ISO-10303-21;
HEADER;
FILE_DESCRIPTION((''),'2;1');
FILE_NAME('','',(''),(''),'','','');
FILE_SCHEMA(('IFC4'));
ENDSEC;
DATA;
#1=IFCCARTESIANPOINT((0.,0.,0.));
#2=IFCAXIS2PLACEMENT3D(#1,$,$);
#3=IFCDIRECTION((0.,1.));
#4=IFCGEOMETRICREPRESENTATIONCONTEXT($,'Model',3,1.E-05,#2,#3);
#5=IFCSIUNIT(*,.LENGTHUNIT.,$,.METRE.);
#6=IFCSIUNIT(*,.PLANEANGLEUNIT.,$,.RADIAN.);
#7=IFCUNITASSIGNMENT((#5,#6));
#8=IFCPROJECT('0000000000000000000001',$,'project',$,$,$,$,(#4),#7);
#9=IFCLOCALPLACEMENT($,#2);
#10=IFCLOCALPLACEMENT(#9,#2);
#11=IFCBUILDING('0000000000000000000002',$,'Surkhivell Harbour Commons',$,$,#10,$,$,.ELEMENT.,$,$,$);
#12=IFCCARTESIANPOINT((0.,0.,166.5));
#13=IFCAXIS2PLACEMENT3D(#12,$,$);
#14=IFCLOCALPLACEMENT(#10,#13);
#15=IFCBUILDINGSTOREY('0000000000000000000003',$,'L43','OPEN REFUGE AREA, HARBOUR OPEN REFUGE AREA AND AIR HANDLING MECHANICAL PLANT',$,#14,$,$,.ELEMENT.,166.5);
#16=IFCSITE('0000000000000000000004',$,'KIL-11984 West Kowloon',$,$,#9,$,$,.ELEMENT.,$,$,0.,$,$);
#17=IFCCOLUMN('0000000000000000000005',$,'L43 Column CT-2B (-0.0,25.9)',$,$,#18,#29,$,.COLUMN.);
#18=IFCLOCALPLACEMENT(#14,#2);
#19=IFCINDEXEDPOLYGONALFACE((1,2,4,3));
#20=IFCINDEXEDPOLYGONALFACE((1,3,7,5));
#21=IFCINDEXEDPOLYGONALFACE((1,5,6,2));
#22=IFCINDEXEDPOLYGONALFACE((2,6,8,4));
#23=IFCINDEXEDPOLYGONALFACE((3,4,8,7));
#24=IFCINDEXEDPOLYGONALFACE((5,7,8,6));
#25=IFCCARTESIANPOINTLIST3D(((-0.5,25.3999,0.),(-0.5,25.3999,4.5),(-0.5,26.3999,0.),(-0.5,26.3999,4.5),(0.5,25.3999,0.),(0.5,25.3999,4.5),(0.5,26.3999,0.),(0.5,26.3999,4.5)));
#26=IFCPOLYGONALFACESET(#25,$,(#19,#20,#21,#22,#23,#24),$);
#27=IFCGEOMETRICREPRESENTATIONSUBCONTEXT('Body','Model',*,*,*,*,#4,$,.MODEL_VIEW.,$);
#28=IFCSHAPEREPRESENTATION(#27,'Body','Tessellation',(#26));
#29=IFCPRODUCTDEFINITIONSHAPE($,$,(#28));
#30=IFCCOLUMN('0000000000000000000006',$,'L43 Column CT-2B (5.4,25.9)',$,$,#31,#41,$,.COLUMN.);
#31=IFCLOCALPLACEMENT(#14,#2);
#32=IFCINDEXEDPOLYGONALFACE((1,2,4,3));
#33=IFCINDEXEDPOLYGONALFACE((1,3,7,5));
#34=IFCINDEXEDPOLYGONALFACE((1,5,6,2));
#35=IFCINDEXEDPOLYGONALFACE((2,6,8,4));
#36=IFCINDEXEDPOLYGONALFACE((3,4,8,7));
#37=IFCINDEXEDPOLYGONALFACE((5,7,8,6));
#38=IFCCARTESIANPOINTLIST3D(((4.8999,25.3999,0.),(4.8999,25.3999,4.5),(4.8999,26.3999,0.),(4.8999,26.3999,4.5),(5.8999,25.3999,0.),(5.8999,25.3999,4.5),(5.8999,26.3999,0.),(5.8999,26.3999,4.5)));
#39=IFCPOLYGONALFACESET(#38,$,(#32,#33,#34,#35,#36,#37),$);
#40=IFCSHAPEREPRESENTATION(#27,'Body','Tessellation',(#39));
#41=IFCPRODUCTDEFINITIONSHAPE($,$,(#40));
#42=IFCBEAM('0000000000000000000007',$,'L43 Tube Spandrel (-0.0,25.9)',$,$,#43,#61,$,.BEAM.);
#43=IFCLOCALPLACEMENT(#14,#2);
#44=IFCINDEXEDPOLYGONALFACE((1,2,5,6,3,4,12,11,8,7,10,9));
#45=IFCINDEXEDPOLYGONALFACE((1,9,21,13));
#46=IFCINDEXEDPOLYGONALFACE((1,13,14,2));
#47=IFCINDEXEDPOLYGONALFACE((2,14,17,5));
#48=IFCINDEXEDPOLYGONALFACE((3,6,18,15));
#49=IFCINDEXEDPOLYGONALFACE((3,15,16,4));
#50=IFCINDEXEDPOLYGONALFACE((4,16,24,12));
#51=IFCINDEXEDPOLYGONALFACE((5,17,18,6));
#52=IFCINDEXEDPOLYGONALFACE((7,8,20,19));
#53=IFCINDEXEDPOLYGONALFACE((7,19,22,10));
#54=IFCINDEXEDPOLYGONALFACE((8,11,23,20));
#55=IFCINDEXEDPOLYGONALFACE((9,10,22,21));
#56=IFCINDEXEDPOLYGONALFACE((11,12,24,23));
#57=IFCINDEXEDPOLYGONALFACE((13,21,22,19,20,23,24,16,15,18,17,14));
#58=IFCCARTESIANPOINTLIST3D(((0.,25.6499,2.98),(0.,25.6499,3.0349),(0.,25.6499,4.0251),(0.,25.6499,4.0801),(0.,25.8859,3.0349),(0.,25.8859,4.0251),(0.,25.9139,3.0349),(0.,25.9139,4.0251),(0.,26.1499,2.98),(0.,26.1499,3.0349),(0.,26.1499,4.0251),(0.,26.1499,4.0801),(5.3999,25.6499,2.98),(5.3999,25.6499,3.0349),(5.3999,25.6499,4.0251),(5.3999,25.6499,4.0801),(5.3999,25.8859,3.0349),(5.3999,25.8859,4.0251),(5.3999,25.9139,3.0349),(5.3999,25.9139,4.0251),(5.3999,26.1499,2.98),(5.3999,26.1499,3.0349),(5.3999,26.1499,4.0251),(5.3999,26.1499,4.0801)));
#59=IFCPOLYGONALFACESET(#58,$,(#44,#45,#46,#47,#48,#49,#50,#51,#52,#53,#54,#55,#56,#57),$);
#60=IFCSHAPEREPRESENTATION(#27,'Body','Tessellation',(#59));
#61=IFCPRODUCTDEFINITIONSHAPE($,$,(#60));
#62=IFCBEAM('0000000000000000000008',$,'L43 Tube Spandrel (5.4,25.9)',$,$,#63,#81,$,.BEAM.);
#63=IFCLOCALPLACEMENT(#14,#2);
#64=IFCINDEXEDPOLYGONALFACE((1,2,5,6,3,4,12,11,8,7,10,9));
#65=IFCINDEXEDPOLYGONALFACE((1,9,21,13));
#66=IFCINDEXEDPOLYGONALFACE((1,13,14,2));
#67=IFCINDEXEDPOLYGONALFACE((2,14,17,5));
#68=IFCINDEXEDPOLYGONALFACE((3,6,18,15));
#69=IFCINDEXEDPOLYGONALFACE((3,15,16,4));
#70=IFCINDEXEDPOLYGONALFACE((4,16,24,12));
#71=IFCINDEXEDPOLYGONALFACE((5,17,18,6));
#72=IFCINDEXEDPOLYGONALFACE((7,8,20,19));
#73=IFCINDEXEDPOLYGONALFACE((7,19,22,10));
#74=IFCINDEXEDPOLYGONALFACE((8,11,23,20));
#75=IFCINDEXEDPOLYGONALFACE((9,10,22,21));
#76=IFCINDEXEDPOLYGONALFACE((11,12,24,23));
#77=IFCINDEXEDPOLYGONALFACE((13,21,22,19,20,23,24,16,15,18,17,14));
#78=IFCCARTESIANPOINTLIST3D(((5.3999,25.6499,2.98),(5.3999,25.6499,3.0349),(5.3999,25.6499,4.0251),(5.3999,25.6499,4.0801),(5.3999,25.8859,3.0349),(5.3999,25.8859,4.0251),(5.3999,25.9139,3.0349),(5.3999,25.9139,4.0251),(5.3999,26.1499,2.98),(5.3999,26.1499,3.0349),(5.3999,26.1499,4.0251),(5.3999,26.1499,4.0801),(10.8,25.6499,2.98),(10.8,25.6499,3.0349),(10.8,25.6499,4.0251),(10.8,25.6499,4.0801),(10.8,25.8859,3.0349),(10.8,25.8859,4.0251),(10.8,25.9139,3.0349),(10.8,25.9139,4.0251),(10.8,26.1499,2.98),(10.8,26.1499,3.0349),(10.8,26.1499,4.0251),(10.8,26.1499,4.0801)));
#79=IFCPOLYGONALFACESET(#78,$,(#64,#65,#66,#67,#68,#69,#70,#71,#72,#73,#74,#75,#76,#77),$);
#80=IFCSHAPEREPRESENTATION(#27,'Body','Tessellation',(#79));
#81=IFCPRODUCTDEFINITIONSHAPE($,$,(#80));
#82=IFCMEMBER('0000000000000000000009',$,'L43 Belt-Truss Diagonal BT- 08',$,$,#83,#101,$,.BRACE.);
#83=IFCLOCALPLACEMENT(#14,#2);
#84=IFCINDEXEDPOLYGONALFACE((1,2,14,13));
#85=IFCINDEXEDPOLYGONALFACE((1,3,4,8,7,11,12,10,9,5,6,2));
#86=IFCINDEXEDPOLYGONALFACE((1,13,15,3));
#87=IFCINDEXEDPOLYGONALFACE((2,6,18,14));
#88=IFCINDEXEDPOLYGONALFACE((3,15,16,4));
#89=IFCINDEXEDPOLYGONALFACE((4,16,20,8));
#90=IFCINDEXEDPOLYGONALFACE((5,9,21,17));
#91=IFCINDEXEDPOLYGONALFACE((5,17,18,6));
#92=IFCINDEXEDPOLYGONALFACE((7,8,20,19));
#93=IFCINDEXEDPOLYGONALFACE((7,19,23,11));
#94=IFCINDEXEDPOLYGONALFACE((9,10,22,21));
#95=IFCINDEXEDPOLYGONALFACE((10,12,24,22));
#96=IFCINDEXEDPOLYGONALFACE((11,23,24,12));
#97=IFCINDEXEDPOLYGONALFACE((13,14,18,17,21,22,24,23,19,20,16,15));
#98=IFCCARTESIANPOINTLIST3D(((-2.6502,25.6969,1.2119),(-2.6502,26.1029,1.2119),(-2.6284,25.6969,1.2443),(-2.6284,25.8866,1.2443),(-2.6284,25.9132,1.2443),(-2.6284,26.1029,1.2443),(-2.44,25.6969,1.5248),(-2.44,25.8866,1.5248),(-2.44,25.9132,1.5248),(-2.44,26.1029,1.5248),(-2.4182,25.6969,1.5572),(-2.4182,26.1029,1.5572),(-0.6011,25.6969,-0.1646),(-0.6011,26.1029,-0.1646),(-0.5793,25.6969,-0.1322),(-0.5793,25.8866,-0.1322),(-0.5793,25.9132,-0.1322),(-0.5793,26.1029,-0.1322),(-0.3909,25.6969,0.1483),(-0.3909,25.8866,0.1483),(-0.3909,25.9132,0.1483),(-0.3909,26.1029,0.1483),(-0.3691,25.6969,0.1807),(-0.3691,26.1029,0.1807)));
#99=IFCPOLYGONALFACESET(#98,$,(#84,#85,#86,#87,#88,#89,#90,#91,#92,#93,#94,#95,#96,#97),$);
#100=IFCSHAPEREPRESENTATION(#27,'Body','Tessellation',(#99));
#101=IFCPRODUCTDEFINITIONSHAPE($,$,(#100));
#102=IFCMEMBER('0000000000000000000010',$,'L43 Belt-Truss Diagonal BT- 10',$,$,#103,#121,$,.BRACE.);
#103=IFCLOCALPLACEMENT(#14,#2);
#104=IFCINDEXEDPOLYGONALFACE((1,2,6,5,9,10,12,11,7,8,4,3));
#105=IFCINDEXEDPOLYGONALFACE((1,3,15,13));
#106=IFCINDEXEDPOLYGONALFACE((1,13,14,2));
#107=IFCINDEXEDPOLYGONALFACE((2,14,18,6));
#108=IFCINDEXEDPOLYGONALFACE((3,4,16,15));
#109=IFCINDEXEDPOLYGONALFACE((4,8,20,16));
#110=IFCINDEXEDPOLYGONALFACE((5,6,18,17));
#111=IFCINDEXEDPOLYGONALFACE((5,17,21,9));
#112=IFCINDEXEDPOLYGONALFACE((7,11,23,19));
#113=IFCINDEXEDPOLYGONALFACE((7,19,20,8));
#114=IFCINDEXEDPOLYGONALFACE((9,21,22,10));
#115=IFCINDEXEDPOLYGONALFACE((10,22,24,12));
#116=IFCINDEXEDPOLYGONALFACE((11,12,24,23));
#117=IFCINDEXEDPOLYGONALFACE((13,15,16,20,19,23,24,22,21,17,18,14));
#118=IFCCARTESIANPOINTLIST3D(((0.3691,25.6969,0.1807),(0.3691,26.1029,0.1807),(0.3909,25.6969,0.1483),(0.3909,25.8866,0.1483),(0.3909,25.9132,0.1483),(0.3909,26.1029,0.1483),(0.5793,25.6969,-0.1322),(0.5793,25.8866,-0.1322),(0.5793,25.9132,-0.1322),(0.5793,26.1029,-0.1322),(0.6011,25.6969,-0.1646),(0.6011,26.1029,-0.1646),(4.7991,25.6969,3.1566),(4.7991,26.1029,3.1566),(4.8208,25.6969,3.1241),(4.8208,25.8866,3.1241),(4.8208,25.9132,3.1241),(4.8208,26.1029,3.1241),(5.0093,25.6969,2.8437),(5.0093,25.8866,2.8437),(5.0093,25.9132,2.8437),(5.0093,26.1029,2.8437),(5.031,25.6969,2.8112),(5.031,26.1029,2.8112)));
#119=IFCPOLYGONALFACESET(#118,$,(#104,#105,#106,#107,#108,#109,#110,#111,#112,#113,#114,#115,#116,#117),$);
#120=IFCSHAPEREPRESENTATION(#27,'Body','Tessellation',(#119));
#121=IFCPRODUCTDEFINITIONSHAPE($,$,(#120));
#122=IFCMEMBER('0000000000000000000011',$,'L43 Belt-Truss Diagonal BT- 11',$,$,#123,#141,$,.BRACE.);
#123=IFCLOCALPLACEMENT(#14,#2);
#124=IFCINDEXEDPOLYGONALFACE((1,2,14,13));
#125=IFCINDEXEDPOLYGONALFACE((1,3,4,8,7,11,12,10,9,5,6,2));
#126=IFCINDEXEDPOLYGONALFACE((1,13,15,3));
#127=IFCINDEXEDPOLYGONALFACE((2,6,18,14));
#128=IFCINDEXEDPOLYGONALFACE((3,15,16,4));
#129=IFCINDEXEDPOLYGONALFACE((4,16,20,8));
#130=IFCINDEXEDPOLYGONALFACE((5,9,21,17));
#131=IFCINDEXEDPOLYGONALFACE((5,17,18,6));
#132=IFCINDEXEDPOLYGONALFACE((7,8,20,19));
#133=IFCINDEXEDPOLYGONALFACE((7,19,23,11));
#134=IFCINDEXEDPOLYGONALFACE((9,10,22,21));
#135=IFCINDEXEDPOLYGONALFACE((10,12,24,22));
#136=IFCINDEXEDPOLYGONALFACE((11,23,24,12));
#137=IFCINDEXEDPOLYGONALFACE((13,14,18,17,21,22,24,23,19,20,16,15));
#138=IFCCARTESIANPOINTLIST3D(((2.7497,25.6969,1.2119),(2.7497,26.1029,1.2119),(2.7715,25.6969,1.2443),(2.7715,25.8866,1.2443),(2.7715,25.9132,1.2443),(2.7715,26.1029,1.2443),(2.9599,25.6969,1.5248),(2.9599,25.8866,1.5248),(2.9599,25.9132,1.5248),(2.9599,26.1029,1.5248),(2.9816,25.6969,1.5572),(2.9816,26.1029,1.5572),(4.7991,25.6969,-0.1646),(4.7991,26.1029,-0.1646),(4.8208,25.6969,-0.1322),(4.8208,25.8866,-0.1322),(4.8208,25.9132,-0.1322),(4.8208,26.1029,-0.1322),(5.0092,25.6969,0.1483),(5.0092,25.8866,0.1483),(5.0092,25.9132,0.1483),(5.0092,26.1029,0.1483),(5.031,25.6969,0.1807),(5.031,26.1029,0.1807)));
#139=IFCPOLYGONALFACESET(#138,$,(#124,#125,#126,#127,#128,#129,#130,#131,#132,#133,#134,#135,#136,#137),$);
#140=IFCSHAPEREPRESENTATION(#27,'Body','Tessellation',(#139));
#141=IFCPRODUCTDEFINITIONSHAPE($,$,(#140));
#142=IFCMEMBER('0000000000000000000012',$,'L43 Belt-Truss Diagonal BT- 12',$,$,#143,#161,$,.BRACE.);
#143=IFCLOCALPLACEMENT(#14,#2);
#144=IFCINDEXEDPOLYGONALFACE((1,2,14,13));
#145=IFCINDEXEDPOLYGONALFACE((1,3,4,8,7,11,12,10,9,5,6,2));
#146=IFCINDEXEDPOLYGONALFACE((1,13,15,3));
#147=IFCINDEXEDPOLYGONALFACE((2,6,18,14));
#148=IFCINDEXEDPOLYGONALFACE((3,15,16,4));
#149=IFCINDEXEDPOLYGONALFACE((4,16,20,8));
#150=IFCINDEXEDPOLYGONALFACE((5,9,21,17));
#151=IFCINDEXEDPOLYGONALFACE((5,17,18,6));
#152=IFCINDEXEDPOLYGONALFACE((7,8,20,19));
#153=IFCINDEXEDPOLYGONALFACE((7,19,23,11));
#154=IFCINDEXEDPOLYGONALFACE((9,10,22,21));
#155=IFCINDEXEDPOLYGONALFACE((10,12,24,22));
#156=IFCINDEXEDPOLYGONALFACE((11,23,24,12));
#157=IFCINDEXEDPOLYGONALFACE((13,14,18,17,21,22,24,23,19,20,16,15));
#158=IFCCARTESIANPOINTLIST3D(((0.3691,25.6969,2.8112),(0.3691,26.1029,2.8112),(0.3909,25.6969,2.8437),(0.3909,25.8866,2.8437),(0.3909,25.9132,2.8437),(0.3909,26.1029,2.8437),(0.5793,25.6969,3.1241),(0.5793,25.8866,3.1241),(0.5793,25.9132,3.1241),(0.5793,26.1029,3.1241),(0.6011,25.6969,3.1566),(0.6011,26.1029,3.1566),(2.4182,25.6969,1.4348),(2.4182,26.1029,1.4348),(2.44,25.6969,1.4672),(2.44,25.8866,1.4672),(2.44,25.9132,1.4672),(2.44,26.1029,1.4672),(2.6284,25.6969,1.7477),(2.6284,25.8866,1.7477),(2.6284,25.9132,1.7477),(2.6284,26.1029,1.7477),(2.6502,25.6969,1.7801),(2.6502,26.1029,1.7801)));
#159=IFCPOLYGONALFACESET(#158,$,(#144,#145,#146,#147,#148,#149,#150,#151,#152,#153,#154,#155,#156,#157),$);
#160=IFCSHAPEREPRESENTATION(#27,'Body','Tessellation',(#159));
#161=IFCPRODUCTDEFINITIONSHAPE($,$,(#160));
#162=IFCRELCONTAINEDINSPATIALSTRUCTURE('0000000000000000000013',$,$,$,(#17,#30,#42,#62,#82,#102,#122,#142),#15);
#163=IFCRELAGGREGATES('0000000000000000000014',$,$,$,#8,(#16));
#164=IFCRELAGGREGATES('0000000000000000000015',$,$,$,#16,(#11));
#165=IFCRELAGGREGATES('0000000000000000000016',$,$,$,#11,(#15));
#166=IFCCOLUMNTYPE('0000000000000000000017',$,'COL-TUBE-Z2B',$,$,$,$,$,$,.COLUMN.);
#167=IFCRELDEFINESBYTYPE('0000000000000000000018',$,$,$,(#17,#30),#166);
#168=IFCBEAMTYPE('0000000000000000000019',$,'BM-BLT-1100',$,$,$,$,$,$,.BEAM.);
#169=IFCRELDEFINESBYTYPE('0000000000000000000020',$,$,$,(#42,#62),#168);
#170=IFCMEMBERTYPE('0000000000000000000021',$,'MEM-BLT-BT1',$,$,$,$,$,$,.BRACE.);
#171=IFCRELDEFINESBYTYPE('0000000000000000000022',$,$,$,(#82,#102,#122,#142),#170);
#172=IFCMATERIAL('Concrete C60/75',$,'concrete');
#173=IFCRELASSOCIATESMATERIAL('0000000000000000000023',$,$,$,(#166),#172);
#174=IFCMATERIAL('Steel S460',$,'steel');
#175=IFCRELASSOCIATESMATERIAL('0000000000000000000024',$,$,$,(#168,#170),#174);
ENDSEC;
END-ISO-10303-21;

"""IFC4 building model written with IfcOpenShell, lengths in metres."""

from ifc_helpers import new_model, si_unit, direction, frame, origin, origin_2d, place, context, subcontext, project, spatial, rectangle, i_section, extrude, material, material_profile, profile_set, type_object, element, save


model = new_model("IFC4")

# Units and contexts
model_context = context("Model", 3, precision=1e-05, world=origin(), true_north=direction((0.0, 1.0)))
body_context = subcontext(model_context, "Body", "Model", "MODEL_VIEW")
ifc_project = project(units=[si_unit("LENGTHUNIT", "METRE"), si_unit("PLANEANGLEUNIT", "RADIAN")], contexts=[model_context])

# Site, building, storey
site_placement = place(None, origin())
site = spatial("IfcSite", under=ifc_project, at=site_placement, Name="KIL-11984 West Kowloon", CompositionType="ELEMENT", RefElevation=0.0)
building_placement = place(site_placement, origin())
building = spatial("IfcBuilding", under=site, at=building_placement, Name="Surkhivell Harbour Commons", CompositionType="ELEMENT")
storey_placement = place(building_placement, frame((0.0, 0.0, 166.5)))
storey = spatial("IfcBuildingStorey", under=building, at=storey_placement, Name="L43", Description="OPEN REFUGE AREA, HARBOUR OPEN REFUGE AREA AND AIR HANDLING MECHANICAL PLANT", CompositionType="ELEMENT", Elevation=166.5)

# Columns
ifc_material_1 = material(Name="Concrete C60/75", Category="concrete")
ifc_material_profile_1 = material_profile(ifc_material_1, rectangle(XDim=1.0, YDim=1.0, at=origin_2d()), Name="RC-COL-1000x1000")
ifc_profile_set_1 = profile_set([ifc_material_profile_1], Name="Concrete C60/75")
column_type = type_object("IfcColumnType", Name="COL-TUBE-Z2B", PredefinedType="COLUMN", material=ifc_profile_set_1)
for number, where, z_axis, x_axis, name in (
    (1, (0.0, 25.8999, 0.0), (0.0, 0.0, 1.0), (1.0, 0.0, 0.0), "L43 Column CT-2B (-0.0,25.9)"),
    (2, (5.3999, 25.8999, 0.0), (0.0, 0.0, 1.0), (1.0, 0.0, 0.0), "L43 Column CT-2B (5.4,25.9)"),
):
    element("IfcColumn", number, at=place(storey_placement, frame(where, z_axis=z_axis, x_axis=x_axis)), inside=storey, type_object=column_type, Name=name, PredefinedType="COLUMN", context=body_context, shape_type="SweptSolid", body=[
        extrude(rectangle(XDim=1.0, YDim=1.0, at=origin_2d()), origin(), (0.0, 0.0, 1.0), 4.5),
    ])

# Beams
ifc_material_2 = material(Name="Steel S460", Category="steel")
ifc_material_profile_2 = material_profile(ifc_material_2, i_section(OverallWidth=0.5, OverallDepth=1.1001, WebThickness=0.0281, FlangeThickness=0.0549, at=origin_2d()), Name="WPG1100x500x210")
ifc_profile_set_2 = profile_set([ifc_material_profile_2], Name="Steel S460")
beam_type = type_object("IfcBeamType", Name="BM-BLT-1100", PredefinedType="BEAM", material=ifc_profile_set_2)
beam_1_placement = place(storey_placement, frame((0.0, 25.8999, 3.53), z_axis=(1.0, 0.0, 0.0), x_axis=(0.0, 1.0, 0.0)))
element("IfcBeam", 3, at=beam_1_placement, inside=storey, type_object=beam_type, Name="L43 Tube Spandrel (-0.0,25.9)", PredefinedType="BEAM", context=body_context, shape_type="SweptSolid", body=[
    extrude(i_section(OverallWidth=0.5, OverallDepth=1.1001, WebThickness=0.0281, FlangeThickness=0.0549, at=origin_2d()), origin(), (0.0, 0.0, 1.0), 5.3999),
])
beam_2_placement = place(storey_placement, frame((5.3999, 25.8999, 3.53), z_axis=(1.0, 0.0, 0.0), x_axis=(0.0, 1.0, 0.0)))
element("IfcBeam", 4, at=beam_2_placement, inside=storey, type_object=beam_type, Name="L43 Tube Spandrel (5.4,25.9)", PredefinedType="BEAM", context=body_context, shape_type="SweptSolid", body=[
    extrude(i_section(OverallWidth=0.5, OverallDepth=1.1001, WebThickness=0.0281, FlangeThickness=0.0549, at=origin_2d()), origin(), (0.0, 0.0, 1.0), 5.4001),
])

# Members
ifc_material_profile_3 = material_profile(ifc_material_2, i_section(OverallWidth=0.406, OverallDepth=0.416, WebThickness=0.0266, FlangeThickness=0.0391, at=origin_2d()), Name="HD400x382")
ifc_profile_set_3 = profile_set([ifc_material_profile_3], Name="Steel S460")
member_type_1 = type_object("IfcMemberType", Name="MEM-BLT-BT1", PredefinedType="BRACE", material=ifc_profile_set_3)
member_1_placement = place(storey_placement, frame((-0.4851, 25.8999, 0.0081), z_axis=(-0.830098, 0.0, 0.557618), x_axis=(0.0, -1.0, 0.0)))
element("IfcMember", 5, at=member_1_placement, inside=storey, type_object=member_type_1, Name="L43 Belt-Truss Diagonal BT- 08", PredefinedType="BRACE", context=body_context, shape_type="SweptSolid", body=[
    extrude(i_section(OverallWidth=0.406, OverallDepth=0.416, WebThickness=0.0266, FlangeThickness=0.0391, at=origin_2d()), origin(), (0.0, 0.0, 1.0), 2.4685),
])
member_2_placement = place(storey_placement, frame((0.4851, 25.8999, 0.0081), z_axis=(0.830096, 0.0, 0.557621), x_axis=(0.0, 1.0, 0.0)))
element("IfcMember", 6, at=member_2_placement, inside=storey, type_object=member_type_1, Name="L43 Belt-Truss Diagonal BT- 10", PredefinedType="BRACE", context=body_context, shape_type="SweptSolid", body=[
    extrude(i_section(OverallWidth=0.406, OverallDepth=0.416, WebThickness=0.0266, FlangeThickness=0.0391, at=origin_2d()), origin(), (0.0, 0.0, 1.0), 5.3367),
])
member_3_placement = place(storey_placement, frame((4.915, 25.8999, 0.0081), z_axis=(-0.830128, 0.0, 0.557572), x_axis=(0.0, -1.0, 0.0)))
element("IfcMember", 7, at=member_3_placement, inside=storey, type_object=member_type_1, Name="L43 Belt-Truss Diagonal BT- 11", PredefinedType="BRACE", context=body_context, shape_type="SweptSolid", body=[
    extrude(i_section(OverallWidth=0.406, OverallDepth=0.416, WebThickness=0.0266, FlangeThickness=0.0391, at=origin_2d()), origin(), (0.0, 0.0, 1.0), 2.4688),
])
member_4_placement = place(storey_placement, frame((2.5342, 25.8999, 1.6074), z_axis=(-0.830098, 0.0, 0.557618), x_axis=(0.0, -1.0, 0.0)))
element("IfcMember", 8, at=member_4_placement, inside=storey, type_object=member_type_1, Name="L43 Belt-Truss Diagonal BT- 12", PredefinedType="BRACE", context=body_context, shape_type="SweptSolid", body=[
    extrude(i_section(OverallWidth=0.406, OverallDepth=0.416, WebThickness=0.0266, FlangeThickness=0.0391, at=origin_2d()), origin(), (0.0, 0.0, 1.0), 2.4685),
])

save(model, "model.ifc")
